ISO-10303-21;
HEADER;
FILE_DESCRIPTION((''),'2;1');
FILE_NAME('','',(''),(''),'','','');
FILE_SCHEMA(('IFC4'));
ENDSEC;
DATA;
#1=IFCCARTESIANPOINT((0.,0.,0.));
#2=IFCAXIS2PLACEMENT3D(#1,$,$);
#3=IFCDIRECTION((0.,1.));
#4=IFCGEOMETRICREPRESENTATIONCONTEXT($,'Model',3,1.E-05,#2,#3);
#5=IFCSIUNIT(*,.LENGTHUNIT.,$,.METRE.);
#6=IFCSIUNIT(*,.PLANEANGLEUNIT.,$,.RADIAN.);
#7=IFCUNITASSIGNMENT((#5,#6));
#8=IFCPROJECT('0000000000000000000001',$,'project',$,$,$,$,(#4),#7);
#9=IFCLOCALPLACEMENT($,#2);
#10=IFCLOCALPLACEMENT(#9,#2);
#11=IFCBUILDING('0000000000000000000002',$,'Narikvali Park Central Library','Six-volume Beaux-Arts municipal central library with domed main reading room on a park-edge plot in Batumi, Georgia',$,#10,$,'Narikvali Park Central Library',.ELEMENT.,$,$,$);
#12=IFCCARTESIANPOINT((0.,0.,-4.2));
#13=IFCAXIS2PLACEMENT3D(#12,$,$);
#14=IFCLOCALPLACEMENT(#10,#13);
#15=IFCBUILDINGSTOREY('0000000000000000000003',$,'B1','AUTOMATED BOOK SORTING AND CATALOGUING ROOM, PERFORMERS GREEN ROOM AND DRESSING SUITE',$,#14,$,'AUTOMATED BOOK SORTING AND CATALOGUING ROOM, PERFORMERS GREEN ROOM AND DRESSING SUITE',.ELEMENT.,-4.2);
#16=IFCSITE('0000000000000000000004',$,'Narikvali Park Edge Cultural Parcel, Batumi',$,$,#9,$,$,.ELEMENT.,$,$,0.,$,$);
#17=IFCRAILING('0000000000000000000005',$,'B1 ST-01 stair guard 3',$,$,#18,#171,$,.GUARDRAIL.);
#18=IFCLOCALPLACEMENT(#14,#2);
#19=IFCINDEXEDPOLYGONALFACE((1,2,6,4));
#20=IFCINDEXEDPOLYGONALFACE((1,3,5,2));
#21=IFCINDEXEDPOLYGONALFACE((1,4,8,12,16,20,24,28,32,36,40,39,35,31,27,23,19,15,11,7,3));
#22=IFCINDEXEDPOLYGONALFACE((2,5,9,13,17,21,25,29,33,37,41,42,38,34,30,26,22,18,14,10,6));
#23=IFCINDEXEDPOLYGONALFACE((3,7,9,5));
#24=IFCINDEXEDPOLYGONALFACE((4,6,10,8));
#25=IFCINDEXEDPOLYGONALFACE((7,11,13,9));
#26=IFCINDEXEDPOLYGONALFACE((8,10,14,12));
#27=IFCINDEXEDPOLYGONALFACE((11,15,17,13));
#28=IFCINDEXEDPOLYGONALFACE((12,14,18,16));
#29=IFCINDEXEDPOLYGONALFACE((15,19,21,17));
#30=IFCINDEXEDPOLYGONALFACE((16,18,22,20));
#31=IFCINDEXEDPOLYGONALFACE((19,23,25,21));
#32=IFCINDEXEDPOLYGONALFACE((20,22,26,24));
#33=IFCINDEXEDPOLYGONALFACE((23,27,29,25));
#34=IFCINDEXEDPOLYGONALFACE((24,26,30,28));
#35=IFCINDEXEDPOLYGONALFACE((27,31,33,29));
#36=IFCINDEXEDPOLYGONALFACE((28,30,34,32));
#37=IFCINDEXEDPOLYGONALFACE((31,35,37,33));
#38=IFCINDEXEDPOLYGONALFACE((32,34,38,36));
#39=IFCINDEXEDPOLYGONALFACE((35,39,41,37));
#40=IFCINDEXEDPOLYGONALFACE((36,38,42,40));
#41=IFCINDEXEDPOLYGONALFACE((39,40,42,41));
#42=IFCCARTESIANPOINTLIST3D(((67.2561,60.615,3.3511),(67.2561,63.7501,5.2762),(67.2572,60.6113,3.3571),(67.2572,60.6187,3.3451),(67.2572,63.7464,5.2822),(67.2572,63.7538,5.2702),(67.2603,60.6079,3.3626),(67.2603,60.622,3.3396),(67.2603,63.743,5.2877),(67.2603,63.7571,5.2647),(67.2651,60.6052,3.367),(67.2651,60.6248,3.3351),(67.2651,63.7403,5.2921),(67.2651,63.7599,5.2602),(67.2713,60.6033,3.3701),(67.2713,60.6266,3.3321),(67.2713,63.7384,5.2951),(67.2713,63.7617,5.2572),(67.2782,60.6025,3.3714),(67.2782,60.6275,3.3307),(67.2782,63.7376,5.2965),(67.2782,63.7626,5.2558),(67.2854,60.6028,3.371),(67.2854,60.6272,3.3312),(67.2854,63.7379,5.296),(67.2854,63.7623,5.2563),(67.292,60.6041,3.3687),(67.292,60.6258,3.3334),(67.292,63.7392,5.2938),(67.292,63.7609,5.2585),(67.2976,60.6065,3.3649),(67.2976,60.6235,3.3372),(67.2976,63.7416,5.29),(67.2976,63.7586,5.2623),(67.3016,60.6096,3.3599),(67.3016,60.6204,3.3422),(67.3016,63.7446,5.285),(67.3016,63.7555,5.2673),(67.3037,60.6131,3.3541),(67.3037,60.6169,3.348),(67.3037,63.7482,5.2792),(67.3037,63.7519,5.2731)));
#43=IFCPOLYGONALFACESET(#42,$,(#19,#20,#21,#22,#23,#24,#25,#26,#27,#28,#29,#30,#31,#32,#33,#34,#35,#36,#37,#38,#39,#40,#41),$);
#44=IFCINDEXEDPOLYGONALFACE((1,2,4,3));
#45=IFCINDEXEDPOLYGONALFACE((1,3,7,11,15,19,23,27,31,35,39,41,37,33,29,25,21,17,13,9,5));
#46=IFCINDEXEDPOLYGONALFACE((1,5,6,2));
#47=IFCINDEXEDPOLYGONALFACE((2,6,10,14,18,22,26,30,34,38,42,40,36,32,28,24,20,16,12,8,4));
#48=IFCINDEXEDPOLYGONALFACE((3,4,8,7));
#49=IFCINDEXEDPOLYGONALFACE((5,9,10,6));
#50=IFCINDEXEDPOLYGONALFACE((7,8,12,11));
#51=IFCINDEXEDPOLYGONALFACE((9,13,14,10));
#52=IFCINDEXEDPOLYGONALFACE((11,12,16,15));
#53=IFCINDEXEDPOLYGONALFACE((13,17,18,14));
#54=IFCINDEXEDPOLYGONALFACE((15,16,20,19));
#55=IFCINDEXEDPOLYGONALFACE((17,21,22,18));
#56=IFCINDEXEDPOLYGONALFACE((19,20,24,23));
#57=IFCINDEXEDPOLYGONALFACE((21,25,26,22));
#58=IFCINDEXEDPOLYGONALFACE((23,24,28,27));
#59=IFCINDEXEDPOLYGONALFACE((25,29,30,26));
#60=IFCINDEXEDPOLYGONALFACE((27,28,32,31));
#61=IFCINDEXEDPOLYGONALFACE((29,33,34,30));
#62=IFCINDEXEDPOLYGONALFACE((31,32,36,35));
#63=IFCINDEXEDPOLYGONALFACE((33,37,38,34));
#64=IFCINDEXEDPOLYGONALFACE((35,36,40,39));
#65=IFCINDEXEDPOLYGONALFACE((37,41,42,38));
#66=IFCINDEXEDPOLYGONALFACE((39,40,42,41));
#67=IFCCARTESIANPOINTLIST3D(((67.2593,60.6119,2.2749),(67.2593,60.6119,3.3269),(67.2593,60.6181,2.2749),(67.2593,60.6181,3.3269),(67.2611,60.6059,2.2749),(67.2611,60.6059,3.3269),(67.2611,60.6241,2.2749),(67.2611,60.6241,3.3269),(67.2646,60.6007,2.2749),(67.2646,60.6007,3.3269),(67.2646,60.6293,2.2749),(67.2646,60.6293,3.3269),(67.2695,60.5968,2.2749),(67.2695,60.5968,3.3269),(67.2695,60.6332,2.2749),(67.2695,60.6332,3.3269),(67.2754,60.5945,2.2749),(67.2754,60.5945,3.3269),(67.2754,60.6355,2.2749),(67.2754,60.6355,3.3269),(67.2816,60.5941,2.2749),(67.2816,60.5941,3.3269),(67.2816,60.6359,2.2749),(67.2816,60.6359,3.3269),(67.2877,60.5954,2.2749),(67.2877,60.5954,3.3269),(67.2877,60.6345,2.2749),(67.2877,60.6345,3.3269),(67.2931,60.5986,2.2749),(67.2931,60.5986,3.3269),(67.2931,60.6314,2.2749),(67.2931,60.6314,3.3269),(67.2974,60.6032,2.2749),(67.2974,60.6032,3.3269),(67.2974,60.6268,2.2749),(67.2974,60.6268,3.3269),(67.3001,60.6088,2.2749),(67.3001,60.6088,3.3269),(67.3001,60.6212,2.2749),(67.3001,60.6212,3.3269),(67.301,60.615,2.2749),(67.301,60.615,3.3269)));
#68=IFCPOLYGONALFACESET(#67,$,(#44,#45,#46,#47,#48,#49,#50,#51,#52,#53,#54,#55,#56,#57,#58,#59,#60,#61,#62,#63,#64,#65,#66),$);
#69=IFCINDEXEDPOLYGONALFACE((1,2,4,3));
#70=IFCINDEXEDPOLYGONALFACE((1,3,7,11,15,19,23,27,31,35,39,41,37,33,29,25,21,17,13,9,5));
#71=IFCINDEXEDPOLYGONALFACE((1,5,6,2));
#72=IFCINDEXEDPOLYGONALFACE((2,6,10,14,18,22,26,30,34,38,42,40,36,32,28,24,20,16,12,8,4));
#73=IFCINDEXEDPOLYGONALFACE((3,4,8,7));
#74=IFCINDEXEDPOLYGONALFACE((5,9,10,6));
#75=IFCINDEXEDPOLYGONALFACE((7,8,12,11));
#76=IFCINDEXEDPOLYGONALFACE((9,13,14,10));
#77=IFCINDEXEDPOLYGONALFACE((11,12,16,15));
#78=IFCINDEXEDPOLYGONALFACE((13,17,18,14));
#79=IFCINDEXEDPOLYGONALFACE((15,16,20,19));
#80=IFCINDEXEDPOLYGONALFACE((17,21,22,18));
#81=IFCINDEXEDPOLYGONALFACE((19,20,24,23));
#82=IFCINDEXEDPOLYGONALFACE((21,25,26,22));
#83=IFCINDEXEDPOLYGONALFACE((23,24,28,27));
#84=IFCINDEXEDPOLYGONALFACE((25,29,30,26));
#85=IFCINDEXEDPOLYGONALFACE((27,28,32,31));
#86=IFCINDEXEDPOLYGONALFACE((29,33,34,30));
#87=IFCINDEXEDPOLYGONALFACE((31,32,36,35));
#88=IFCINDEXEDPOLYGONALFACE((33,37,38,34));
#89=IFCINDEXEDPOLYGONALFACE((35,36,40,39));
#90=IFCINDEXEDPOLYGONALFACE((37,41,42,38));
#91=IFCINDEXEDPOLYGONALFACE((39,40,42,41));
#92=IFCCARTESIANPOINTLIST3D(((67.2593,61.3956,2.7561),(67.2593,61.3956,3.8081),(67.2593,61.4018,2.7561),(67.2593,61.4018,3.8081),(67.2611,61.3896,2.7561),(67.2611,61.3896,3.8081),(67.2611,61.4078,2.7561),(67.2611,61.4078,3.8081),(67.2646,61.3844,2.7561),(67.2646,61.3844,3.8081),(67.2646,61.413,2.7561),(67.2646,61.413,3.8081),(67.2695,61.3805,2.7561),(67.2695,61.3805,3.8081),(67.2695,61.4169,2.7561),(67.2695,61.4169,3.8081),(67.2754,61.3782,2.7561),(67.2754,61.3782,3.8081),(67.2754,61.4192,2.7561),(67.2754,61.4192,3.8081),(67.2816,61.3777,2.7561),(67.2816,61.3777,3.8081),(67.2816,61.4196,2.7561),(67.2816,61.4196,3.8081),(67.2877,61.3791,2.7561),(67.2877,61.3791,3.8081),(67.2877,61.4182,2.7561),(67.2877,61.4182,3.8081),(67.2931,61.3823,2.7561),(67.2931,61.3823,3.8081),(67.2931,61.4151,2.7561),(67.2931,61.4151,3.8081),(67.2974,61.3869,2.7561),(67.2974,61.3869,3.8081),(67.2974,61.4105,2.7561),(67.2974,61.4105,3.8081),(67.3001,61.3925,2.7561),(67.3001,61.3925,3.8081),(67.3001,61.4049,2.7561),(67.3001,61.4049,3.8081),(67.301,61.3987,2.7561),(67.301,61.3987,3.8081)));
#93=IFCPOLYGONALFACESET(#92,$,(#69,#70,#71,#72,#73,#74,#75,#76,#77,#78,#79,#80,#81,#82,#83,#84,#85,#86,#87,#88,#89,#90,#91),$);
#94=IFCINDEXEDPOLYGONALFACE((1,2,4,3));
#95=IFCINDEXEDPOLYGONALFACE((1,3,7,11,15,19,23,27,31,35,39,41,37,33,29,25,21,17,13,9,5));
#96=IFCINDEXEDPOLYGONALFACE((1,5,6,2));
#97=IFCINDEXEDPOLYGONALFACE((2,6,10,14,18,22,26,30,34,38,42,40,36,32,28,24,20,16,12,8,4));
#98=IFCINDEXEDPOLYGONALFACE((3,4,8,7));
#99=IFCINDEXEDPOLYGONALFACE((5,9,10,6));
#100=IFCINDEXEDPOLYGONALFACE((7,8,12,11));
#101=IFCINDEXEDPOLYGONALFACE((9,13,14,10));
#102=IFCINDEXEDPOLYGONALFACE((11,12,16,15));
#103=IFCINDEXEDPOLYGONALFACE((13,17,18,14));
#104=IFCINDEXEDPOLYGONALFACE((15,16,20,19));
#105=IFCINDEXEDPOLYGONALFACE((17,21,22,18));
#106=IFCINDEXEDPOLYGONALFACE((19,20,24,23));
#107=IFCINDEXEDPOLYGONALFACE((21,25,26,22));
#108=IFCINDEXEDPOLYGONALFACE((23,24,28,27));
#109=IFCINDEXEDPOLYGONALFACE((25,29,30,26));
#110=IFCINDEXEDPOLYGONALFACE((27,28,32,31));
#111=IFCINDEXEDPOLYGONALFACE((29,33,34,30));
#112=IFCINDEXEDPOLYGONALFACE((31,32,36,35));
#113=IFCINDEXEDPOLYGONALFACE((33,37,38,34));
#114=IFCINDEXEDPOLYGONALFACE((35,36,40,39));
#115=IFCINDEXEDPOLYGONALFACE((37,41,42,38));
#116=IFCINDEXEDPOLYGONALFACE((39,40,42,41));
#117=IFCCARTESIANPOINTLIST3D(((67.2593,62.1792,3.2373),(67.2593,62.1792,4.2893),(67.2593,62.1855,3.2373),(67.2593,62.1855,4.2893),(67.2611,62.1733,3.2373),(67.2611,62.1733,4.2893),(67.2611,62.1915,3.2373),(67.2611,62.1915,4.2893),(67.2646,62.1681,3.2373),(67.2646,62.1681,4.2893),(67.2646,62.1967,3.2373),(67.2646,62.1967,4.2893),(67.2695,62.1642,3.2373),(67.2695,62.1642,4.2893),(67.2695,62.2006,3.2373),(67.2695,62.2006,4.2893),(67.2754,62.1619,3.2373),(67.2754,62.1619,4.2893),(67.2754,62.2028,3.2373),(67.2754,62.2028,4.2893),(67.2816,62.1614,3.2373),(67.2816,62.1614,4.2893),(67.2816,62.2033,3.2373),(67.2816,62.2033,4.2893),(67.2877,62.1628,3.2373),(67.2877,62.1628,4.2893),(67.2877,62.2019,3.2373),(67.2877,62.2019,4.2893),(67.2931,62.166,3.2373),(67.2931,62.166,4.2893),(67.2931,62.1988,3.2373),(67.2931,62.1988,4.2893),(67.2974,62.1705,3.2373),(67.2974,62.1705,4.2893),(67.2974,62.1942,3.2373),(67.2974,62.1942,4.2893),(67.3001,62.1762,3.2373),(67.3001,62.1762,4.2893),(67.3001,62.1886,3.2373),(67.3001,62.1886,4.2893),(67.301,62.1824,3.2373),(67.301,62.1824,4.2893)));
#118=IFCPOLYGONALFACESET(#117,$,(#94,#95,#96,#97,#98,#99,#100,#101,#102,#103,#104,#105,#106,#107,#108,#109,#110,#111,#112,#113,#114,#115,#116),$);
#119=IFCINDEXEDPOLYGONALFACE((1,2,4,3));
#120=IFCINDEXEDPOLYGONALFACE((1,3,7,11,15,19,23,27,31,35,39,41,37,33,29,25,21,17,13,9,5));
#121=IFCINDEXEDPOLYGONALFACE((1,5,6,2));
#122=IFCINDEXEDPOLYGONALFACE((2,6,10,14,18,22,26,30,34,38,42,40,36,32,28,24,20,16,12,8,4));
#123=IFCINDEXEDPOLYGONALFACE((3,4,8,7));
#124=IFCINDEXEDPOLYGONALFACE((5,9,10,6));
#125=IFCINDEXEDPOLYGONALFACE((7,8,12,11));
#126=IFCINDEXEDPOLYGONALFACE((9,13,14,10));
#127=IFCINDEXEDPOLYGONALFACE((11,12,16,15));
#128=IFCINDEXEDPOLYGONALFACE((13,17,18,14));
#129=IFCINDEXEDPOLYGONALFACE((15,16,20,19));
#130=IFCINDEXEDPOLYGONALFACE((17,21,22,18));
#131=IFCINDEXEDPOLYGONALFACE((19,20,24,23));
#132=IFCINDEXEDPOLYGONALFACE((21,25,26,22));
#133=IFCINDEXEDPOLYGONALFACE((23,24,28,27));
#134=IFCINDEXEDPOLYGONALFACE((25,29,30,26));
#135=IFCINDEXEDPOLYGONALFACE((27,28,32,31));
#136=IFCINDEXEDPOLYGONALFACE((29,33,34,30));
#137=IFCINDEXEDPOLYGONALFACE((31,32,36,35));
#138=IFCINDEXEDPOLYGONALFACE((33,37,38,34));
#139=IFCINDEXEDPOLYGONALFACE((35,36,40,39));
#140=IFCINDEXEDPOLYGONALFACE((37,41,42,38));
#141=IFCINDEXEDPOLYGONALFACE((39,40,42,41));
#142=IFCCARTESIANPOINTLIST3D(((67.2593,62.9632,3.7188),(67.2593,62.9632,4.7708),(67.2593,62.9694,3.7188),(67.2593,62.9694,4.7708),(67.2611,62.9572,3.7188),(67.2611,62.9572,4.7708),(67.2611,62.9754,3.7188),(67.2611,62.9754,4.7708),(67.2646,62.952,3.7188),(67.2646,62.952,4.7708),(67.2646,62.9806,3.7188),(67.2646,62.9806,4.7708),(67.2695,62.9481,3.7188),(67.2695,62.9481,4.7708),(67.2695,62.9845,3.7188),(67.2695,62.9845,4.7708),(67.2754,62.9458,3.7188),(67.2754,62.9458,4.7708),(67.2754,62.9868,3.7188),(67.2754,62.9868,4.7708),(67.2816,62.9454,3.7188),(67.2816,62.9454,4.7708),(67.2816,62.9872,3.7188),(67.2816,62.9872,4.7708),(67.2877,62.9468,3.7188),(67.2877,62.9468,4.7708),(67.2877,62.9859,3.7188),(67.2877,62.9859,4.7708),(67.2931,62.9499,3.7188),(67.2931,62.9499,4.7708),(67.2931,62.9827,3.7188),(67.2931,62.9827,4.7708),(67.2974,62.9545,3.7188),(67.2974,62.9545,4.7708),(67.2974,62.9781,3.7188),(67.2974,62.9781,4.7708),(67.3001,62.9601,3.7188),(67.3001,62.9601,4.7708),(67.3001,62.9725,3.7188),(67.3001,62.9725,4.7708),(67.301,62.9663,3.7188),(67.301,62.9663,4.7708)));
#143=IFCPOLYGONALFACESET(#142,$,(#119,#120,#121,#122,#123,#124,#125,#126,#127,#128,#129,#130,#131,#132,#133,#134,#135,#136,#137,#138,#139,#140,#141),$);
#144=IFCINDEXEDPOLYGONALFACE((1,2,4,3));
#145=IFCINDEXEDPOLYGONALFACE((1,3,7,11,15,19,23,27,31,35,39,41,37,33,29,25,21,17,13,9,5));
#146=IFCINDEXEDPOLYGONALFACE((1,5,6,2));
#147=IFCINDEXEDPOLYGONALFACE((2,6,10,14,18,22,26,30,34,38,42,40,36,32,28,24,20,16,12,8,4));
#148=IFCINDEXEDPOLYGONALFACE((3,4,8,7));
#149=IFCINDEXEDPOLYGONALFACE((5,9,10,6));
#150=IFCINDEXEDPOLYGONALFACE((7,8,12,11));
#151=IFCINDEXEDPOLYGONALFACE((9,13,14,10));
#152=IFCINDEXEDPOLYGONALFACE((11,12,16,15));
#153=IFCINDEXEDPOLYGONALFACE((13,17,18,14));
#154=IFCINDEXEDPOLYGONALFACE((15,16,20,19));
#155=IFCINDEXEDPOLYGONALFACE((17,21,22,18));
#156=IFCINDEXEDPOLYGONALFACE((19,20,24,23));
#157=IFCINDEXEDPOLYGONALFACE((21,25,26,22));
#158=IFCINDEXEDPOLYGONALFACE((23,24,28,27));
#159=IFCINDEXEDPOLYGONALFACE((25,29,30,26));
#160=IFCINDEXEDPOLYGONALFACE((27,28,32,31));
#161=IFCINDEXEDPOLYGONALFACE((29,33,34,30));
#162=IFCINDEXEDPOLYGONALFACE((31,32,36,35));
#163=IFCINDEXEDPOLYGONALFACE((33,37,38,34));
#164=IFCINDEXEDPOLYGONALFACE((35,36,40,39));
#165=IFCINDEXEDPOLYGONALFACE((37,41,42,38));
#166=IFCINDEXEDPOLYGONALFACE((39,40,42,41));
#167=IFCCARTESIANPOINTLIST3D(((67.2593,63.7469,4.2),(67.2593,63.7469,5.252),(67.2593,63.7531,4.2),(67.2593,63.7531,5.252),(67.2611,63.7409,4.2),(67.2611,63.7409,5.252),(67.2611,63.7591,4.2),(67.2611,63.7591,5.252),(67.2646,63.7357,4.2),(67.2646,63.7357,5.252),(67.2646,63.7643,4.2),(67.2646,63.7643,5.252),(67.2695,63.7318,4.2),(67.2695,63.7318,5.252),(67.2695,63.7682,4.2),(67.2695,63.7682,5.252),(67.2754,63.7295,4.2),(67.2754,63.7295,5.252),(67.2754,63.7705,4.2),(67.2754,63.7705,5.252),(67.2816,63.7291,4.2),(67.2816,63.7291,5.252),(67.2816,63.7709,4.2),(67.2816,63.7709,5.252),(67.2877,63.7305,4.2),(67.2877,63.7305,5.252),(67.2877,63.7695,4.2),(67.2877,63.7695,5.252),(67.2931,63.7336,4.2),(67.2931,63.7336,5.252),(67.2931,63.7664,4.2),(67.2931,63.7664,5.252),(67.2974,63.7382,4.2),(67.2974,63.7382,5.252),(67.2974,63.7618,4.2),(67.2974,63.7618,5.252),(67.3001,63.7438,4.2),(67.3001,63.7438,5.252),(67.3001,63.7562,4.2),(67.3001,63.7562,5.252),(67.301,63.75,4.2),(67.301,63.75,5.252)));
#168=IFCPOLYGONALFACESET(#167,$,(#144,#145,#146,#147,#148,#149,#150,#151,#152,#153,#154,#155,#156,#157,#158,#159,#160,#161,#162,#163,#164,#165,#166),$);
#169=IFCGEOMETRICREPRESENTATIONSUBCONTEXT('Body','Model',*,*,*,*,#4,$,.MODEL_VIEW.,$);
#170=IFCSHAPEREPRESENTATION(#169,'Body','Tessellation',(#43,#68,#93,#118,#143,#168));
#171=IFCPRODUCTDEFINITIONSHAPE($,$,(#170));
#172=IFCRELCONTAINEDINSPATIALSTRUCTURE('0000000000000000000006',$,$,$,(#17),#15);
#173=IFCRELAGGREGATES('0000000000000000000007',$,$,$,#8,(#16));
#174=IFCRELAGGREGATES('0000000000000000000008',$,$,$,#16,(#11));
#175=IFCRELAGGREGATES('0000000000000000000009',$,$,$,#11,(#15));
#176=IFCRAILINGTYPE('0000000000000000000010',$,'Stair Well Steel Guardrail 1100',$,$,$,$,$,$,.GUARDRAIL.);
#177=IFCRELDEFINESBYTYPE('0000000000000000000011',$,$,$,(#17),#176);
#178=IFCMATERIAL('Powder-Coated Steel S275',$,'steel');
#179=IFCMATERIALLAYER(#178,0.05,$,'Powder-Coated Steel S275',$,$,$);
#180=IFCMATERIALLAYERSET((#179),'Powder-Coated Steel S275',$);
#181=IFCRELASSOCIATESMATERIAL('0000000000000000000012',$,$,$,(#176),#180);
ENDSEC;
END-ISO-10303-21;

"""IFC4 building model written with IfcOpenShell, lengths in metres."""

from ifc_helpers import new_model, si_unit, direction, frame, origin, origin_2d, place, context, subcontext, project, spatial, circle, extrude, material, layer, layer_set, type_object, element, save


model = new_model("IFC4")

# Units and contexts
model_context = context("Model", 3, precision=1e-05, world=origin(), true_north=direction((0.0, 1.0)))
body_context = subcontext(model_context, "Body", "Model", "MODEL_VIEW")
ifc_project = project(units=[si_unit("LENGTHUNIT", "METRE"), si_unit("PLANEANGLEUNIT", "RADIAN")], contexts=[model_context])

# Site, building, storey
site_placement = place(None, origin())
site = spatial("IfcSite", under=ifc_project, at=site_placement, Name="Narikvali Park Edge Cultural Parcel, Batumi", CompositionType="ELEMENT", RefElevation=0.0)
building_placement = place(site_placement, origin())
building = spatial("IfcBuilding", under=site, at=building_placement, Name="Narikvali Park Central Library", Description="Six-volume Beaux-Arts municipal central library with domed main reading room on a park-edge plot in Batumi, Georgia", LongName="Narikvali Park Central Library", CompositionType="ELEMENT")
storey_placement = place(building_placement, frame((0.0, 0.0, -4.2)))
storey = spatial("IfcBuildingStorey", under=building, at=storey_placement, Name="B1", Description="AUTOMATED BOOK SORTING AND CATALOGUING ROOM, PERFORMERS GREEN ROOM AND DRESSING SUITE", LongName="AUTOMATED BOOK SORTING AND CATALOGUING ROOM, PERFORMERS GREEN ROOM AND DRESSING SUITE", CompositionType="ELEMENT", Elevation=-4.2)

# Railing
ifc_material_1 = material(Name="Powder-Coated Steel S275", Category="steel")
ifc_layer_1 = layer(ifc_material_1, 0.05, Name="Powder-Coated Steel S275")
ifc_layer_set_1 = layer_set([ifc_layer_1], Name="Powder-Coated Steel S275")
railing_type_1 = type_object("IfcRailingType", Name="Stair Well Steel Guardrail 1100", PredefinedType="GUARDRAIL", material=ifc_layer_set_1)
railing_1_placement = place(storey_placement, frame((67.28, 60.615, 2.2749)))
element("IfcRailing", 1, at=railing_1_placement, inside=storey, type_object=railing_type_1, Name="B1 ST-01 stair guard 3", PredefinedType="GUARDRAIL", context=body_context, shape_type="SweptSolid", body=[
    extrude(circle(Radius=0.0239, at=origin_2d()), frame((0.0, 0.0, 1.0762), z_axis=(0.0, 0.852166, 0.523271), x_axis=(-1.0, 0.0, 0.0)), (0.0, 0.0, 1.0), 3.679),
    extrude(circle(Radius=0.021, at=origin_2d()), origin(), (0.0, 0.0, 1.0), 1.052),
    extrude(circle(Radius=0.021, at=origin_2d()), frame((0.0, 0.7837, 0.4812)), (0.0, 0.0, 1.0), 1.052),
    extrude(circle(Radius=0.021, at=origin_2d()), frame((0.0, 1.5674, 0.9624)), (0.0, 0.0, 1.0), 1.052),
    extrude(circle(Radius=0.021, at=origin_2d()), frame((0.0, 2.3513, 1.4438)), (0.0, 0.0, 1.0), 1.052),
    extrude(circle(Radius=0.021, at=origin_2d()), frame((0.0, 3.135, 1.925)), (0.0, 0.0, 1.0), 1.052),
])

save(model, "model.ifc")
